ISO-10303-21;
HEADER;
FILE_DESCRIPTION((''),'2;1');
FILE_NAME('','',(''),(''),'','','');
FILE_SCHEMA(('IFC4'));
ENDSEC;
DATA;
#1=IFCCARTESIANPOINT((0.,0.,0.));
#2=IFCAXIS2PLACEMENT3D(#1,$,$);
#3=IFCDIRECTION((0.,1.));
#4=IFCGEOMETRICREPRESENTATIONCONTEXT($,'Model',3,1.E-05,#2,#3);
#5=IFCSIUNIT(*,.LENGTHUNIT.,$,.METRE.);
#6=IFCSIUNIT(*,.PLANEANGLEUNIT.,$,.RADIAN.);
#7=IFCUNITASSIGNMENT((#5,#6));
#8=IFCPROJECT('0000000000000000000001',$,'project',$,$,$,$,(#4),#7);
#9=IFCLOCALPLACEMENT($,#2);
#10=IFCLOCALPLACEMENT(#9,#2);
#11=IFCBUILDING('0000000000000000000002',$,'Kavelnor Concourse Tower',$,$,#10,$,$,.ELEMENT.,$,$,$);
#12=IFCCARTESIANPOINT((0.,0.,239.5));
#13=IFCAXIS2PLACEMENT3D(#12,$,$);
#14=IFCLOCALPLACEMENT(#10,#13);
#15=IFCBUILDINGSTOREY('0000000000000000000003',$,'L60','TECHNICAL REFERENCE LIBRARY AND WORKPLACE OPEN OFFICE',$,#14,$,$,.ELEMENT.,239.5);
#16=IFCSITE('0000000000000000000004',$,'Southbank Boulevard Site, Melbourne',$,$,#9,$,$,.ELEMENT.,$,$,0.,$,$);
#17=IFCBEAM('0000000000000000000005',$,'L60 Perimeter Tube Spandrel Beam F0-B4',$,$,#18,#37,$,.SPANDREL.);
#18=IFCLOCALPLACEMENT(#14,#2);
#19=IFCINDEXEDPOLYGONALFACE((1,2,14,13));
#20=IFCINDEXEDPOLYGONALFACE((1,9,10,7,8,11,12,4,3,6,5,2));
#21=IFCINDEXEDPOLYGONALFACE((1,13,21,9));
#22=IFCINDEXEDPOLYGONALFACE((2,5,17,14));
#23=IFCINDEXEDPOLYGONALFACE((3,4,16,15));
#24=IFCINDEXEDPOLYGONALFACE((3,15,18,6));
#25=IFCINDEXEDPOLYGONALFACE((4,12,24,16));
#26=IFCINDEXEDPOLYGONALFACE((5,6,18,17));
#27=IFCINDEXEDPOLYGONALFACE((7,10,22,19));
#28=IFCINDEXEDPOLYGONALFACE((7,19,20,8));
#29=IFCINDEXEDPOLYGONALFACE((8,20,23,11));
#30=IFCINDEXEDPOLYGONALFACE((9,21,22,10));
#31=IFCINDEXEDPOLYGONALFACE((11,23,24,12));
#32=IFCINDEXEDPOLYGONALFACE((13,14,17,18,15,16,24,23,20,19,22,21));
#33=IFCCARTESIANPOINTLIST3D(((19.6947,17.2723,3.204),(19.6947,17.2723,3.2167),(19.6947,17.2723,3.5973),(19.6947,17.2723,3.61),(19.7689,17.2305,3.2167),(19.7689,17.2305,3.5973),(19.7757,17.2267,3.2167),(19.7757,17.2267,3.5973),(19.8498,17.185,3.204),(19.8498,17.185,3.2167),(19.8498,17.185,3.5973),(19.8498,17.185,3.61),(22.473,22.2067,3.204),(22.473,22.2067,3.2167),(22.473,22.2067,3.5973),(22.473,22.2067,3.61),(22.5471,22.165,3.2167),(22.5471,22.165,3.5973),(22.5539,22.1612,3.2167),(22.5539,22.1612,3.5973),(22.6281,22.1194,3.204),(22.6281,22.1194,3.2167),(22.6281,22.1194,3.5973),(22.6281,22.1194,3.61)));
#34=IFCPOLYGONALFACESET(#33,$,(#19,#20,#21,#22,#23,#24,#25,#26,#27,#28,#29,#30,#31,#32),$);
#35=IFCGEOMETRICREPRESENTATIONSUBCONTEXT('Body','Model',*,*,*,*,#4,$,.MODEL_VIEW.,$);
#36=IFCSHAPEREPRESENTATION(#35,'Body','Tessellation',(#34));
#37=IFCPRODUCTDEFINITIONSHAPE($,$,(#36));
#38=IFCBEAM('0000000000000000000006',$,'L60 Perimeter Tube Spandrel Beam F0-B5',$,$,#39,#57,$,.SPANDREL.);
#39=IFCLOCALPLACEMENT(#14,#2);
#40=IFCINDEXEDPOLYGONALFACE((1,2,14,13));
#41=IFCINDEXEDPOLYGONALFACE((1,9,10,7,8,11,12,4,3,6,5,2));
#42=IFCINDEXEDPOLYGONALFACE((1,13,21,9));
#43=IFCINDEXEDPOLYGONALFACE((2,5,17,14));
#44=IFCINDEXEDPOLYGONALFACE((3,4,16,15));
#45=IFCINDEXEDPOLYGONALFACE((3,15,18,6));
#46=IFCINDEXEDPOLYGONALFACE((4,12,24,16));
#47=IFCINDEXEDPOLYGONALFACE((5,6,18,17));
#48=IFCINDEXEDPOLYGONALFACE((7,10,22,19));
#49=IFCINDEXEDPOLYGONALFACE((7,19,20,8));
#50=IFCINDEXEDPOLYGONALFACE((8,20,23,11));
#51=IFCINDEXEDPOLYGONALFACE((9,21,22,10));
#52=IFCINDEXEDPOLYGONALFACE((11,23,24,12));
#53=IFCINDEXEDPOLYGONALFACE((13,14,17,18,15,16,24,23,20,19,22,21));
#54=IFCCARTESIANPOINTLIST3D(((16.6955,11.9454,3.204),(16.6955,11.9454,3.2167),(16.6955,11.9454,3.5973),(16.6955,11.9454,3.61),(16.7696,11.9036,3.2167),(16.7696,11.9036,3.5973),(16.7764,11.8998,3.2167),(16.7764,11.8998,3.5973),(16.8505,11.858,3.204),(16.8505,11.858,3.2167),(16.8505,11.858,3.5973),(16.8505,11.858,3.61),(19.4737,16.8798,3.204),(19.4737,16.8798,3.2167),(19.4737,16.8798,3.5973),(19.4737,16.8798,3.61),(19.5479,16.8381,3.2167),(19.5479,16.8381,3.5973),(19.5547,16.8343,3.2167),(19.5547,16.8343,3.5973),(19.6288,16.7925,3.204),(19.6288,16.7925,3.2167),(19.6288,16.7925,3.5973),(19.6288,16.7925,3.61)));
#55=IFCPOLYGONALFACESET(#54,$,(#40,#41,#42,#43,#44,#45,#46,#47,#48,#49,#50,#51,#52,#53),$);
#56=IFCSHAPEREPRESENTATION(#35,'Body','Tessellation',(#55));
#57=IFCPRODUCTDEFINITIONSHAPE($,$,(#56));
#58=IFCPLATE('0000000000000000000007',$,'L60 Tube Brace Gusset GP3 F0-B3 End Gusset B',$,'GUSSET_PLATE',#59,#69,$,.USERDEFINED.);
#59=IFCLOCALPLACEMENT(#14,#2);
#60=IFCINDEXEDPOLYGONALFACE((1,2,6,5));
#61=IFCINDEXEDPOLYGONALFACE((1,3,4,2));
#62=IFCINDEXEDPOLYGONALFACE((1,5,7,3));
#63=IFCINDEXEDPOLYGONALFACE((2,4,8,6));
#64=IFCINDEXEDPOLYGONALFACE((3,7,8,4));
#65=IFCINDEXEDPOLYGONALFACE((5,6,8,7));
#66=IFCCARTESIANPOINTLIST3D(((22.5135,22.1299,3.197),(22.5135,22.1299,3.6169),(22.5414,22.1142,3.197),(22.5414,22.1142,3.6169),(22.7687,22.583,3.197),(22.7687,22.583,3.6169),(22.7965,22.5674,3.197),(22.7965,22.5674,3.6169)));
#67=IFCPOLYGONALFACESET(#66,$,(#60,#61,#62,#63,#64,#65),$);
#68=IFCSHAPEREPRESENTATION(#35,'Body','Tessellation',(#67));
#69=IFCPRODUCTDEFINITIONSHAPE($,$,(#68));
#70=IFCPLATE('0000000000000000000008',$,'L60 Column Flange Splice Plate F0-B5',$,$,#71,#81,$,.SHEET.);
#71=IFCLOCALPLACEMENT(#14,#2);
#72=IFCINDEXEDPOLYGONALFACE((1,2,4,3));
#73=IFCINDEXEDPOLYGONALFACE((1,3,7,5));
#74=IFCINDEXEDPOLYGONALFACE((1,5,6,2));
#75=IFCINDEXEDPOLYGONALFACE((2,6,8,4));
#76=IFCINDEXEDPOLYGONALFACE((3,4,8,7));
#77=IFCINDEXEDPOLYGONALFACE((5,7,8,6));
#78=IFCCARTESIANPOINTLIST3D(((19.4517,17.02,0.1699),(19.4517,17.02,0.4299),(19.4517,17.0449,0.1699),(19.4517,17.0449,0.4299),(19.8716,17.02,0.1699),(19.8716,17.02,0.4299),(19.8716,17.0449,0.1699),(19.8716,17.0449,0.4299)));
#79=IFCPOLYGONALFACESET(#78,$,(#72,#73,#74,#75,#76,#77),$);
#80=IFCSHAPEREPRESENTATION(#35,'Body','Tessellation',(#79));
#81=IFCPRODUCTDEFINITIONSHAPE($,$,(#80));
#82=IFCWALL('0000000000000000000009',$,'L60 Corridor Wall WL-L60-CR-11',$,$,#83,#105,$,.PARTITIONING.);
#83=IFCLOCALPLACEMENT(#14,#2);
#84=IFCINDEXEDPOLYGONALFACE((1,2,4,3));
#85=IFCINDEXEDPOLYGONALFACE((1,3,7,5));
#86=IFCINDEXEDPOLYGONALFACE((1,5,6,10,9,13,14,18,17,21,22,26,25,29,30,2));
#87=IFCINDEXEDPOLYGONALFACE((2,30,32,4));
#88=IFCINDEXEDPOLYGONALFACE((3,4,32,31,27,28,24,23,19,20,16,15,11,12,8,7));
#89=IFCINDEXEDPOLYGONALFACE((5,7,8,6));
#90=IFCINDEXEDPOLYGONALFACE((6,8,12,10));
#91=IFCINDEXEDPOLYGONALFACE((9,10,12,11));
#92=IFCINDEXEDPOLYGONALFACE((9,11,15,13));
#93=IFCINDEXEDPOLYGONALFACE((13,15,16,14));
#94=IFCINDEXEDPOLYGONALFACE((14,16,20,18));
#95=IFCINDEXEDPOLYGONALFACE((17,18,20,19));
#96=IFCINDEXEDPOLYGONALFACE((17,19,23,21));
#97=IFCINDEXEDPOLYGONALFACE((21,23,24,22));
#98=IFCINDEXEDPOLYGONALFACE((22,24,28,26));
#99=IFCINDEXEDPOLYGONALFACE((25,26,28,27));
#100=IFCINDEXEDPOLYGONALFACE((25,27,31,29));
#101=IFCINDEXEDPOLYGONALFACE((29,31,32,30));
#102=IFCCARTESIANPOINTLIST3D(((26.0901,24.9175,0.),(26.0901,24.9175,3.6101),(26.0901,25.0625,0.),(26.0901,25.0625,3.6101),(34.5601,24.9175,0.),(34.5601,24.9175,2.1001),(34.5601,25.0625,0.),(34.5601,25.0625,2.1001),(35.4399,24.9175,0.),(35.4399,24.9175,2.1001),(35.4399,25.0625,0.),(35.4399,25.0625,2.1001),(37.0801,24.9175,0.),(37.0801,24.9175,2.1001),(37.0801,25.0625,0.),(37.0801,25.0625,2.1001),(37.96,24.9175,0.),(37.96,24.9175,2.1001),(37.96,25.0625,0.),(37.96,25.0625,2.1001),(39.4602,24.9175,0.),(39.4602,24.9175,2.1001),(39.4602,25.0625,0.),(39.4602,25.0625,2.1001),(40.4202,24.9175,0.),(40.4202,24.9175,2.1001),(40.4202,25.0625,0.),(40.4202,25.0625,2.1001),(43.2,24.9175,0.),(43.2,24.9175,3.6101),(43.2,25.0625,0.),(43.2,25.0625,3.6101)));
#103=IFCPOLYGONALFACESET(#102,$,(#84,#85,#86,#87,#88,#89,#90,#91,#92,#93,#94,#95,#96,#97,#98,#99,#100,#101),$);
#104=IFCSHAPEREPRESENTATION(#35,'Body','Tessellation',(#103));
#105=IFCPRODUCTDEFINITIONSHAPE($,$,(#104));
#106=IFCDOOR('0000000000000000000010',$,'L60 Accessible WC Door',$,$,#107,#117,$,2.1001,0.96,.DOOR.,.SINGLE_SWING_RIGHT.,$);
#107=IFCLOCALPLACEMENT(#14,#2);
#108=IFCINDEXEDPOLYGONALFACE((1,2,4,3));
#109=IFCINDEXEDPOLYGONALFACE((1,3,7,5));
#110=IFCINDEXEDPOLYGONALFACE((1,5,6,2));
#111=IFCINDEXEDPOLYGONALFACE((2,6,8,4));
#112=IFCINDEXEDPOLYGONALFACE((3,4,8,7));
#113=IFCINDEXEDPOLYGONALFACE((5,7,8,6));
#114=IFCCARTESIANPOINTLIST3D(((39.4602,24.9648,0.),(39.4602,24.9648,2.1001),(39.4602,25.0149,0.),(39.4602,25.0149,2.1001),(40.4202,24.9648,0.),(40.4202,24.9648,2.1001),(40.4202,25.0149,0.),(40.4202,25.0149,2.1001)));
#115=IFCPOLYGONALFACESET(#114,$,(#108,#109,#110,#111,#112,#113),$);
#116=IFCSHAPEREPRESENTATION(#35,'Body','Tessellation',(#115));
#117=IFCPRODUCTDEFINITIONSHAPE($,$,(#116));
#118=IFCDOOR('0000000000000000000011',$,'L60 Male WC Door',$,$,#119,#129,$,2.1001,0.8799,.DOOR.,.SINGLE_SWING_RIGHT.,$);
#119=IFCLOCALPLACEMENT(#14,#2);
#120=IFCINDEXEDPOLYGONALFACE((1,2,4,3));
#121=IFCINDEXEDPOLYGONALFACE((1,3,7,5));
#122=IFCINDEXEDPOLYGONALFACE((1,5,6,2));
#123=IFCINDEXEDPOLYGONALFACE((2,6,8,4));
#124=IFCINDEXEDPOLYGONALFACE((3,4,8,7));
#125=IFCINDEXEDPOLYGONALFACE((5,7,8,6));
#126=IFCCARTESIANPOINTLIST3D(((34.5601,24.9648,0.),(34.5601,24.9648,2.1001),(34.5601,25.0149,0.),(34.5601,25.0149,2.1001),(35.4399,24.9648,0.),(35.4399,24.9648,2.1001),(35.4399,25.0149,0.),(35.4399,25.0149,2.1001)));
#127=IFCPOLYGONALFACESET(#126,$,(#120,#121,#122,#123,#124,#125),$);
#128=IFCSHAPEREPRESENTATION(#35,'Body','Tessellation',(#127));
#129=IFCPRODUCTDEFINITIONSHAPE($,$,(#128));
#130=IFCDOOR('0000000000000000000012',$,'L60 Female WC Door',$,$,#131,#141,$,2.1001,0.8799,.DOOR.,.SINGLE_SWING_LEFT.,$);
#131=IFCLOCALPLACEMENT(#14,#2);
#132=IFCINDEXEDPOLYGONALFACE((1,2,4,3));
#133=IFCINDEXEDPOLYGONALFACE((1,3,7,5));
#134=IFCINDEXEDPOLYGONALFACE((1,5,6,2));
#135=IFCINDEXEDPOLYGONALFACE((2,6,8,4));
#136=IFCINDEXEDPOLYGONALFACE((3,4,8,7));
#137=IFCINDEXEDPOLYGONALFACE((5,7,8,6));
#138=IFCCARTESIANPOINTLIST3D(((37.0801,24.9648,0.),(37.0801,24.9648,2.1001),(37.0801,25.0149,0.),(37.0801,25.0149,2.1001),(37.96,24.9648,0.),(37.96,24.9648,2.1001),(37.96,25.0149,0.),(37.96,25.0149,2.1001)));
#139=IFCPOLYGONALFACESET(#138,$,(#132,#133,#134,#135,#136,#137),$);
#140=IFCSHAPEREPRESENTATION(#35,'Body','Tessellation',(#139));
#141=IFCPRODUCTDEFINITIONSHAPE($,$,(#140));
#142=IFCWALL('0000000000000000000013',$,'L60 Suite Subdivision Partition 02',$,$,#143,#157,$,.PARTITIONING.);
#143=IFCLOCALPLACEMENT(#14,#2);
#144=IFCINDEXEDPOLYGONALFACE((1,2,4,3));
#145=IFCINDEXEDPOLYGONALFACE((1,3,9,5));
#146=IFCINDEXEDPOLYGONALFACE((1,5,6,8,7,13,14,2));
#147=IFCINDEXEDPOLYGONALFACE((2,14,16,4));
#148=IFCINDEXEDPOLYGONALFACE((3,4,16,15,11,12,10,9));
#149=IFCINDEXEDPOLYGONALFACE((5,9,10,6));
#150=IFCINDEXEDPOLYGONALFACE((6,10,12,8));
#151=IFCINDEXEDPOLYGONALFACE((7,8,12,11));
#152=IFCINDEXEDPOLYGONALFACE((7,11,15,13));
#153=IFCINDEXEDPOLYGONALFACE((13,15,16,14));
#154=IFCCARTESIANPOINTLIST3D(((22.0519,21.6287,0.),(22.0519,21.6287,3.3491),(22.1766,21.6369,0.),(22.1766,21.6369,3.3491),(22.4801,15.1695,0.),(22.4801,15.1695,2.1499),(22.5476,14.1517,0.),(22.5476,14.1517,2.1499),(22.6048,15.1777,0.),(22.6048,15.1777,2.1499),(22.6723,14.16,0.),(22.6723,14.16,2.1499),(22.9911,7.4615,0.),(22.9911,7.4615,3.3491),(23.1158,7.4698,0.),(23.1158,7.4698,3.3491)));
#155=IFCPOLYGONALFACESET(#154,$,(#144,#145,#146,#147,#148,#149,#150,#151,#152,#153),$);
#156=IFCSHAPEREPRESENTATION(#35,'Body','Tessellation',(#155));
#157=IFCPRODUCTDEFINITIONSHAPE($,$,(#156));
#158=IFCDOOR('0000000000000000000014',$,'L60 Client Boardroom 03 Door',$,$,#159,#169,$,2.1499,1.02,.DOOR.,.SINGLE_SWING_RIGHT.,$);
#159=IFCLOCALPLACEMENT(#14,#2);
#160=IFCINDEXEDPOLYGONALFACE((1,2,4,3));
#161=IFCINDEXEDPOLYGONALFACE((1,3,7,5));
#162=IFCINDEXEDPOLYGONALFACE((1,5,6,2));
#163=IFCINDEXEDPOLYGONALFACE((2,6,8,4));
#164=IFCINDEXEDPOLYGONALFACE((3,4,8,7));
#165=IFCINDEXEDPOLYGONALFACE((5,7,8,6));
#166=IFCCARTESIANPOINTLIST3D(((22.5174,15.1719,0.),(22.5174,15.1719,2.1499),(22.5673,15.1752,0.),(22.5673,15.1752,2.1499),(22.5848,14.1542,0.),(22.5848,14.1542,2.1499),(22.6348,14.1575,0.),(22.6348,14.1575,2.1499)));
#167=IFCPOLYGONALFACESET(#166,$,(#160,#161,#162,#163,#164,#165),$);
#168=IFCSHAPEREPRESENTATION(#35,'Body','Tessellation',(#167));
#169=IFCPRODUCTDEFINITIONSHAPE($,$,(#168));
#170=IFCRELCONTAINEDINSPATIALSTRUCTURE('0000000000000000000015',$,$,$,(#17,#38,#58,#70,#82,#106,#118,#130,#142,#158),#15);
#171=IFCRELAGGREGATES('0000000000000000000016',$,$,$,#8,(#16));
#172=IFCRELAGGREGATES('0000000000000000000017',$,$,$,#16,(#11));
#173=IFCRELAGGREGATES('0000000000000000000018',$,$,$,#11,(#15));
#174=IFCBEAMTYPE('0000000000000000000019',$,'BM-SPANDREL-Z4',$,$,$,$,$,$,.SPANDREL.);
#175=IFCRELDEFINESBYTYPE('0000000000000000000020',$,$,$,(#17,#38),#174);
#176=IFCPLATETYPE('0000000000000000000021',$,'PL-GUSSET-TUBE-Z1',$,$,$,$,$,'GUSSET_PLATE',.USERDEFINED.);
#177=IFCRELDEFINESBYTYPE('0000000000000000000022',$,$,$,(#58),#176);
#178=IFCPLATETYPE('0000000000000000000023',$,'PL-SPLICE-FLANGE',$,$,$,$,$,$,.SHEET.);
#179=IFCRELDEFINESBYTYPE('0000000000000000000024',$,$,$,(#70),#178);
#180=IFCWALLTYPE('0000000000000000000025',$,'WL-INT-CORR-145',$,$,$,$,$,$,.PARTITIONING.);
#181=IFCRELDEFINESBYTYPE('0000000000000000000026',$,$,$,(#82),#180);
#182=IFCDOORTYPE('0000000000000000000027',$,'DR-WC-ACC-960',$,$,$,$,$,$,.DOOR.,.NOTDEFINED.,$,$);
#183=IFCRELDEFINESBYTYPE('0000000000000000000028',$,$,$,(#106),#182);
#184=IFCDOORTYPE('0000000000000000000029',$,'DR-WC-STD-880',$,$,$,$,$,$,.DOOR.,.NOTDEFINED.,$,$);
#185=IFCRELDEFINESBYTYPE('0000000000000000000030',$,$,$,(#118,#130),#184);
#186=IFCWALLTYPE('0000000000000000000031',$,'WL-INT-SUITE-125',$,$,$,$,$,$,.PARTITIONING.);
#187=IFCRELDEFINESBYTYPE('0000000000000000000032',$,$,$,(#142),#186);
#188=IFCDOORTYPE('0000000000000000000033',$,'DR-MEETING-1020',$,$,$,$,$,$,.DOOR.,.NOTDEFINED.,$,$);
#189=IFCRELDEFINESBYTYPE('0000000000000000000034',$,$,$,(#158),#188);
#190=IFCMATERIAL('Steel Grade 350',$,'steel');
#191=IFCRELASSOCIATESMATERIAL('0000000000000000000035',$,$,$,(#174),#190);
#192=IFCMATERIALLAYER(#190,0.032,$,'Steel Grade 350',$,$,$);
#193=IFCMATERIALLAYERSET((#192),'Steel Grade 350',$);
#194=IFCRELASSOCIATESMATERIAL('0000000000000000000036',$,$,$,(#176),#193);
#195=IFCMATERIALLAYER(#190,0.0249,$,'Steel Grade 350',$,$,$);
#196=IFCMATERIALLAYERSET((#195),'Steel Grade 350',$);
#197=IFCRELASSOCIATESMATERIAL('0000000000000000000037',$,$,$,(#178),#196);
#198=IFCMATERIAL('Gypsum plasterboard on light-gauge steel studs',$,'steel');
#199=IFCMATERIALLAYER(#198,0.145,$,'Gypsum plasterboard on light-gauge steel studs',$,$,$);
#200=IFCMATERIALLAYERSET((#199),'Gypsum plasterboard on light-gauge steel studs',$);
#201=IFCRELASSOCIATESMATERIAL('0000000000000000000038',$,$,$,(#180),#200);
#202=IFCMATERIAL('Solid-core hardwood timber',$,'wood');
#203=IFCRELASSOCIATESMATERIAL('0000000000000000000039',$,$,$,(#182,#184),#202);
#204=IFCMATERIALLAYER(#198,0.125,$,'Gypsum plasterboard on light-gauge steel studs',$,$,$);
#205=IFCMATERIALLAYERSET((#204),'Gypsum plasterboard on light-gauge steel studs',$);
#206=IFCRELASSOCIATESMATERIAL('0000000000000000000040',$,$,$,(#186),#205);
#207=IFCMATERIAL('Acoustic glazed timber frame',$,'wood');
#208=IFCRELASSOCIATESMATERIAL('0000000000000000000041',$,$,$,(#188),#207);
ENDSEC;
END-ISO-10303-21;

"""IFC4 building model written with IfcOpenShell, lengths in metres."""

from ifc_helpers import new_model, si_unit, direction, frame, frame_2d, origin, origin_2d, place, context, subcontext, project, spatial, rectangle, i_section, extrude, material, layer, layer_set, material_profile, profile_set, type_object, element, fill, save


model = new_model("IFC4")

# Units and contexts
model_context = context("Model", 3, precision=1e-05, world=origin(), true_north=direction((0.0, 1.0)))
body_context = subcontext(model_context, "Body", "Model", "MODEL_VIEW")
ifc_project = project(units=[si_unit("LENGTHUNIT", "METRE"), si_unit("PLANEANGLEUNIT", "RADIAN")], contexts=[model_context])

# Site, building, storey
site_placement = place(None, origin())
site = spatial("IfcSite", under=ifc_project, at=site_placement, Name="Southbank Boulevard Site, Melbourne", CompositionType="ELEMENT", RefElevation=0.0)
building_placement = place(site_placement, origin())
building = spatial("IfcBuilding", under=site, at=building_placement, Name="Kavelnor Concourse Tower", CompositionType="ELEMENT")
storey_placement = place(building_placement, frame((0.0, 0.0, 239.5)))
storey = spatial("IfcBuildingStorey", under=building, at=storey_placement, Name="L60", Description="TECHNICAL REFERENCE LIBRARY AND WORKPLACE OPEN OFFICE", CompositionType="ELEMENT", Elevation=239.5)

# Shared definitions
ifc_material_1 = material(Name="Steel Grade 350", Category="steel")

# Beams
ifc_material_profile_1 = material_profile(ifc_material_1, i_section(OverallWidth=0.178, OverallDepth=0.406, WebThickness=0.0078, FlangeThickness=0.0127, at=origin_2d()), Name="410UB59")
ifc_profile_set_1 = profile_set([ifc_material_profile_1], Name="Steel Grade 350")
beam_type_1 = type_object("IfcBeamType", Name="BM-SPANDREL-Z4", PredefinedType="SPANDREL", material=ifc_profile_set_1)
for number, where, z_axis, x_axis, name in (
    (1, (22.5505, 22.1631, 3.407), (-0.490613, -0.871377, 0.0), (0.871377, -0.490613, 0.0), "L60 Perimeter Tube Spandrel Beam F0-B4"),
    (2, (19.5513, 16.8362, 3.407), (-0.490613, -0.871377, 0.0), (0.871377, -0.490613, 0.0), "L60 Perimeter Tube Spandrel Beam F0-B5"),
):
    element("IfcBeam", number, at=place(storey_placement, frame(where, z_axis=z_axis, x_axis=x_axis)), inside=storey, type_object=beam_type_1, Name=name, PredefinedType="SPANDREL", context=body_context, shape_type="SweptSolid", body=[
        extrude(i_section(OverallWidth=0.178, OverallDepth=0.406, WebThickness=0.0078, FlangeThickness=0.0127, at=origin_2d()), origin(), (0.0, 0.0, 1.0), 5.6628),
    ])

# Plates
ifc_layer_1 = layer(ifc_material_1, 0.032, Name="Steel Grade 350")
ifc_layer_set_1 = layer_set([ifc_layer_1], Name="Steel Grade 350")
plate_type_1 = type_object("IfcPlateType", Name="PL-GUSSET-TUBE-Z1", ElementType="GUSSET_PLATE", PredefinedType="USERDEFINED", material=ifc_layer_set_1)
plate_1_placement = place(storey_placement, frame((22.655, 22.3486, 3.197), z_axis=(0.0, 0.0, 1.0), x_axis=(-0.4906, -0.871385, 0.0)))
element("IfcPlate", 3, at=plate_1_placement, inside=storey, type_object=plate_type_1, Name="L60 Tube Brace Gusset GP3 F0-B3 End Gusset B", ObjectType="GUSSET_PLATE", PredefinedType="USERDEFINED", context=body_context, shape_type="SweptSolid", body=[
    extrude(rectangle(XDim=0.52, YDim=0.032, at=origin_2d()), origin(), (0.0, 0.0, 1.0), 0.4199),
])
ifc_layer_2 = layer(ifc_material_1, 0.0249, Name="Steel Grade 350")
ifc_layer_set_2 = layer_set([ifc_layer_2], Name="Steel Grade 350")
plate_type_2 = type_object("IfcPlateType", Name="PL-SPLICE-FLANGE", PredefinedType="SHEET", material=ifc_layer_set_2)
plate_2_placement = place(storey_placement, frame((19.6616, 17.0325, 0.1699), z_axis=(0.0, 0.0, 1.0), x_axis=(1.0, 0.0, 0.0)))
element("IfcPlate", 4, at=plate_2_placement, inside=storey, type_object=plate_type_2, Name="L60 Column Flange Splice Plate F0-B5", PredefinedType="SHEET", context=body_context, shape_type="SweptSolid", body=[
    extrude(rectangle(XDim=0.4199, YDim=0.0249, at=origin_2d()), origin(), (0.0, 0.0, 1.0), 0.26),
])

# Wall, openings, doors
ifc_material_2 = material(Name="Gypsum plasterboard on light-gauge steel studs", Category="steel")
ifc_layer_3 = layer(ifc_material_2, 0.145, Name="Gypsum plasterboard on light-gauge steel studs")
ifc_layer_set_3 = layer_set([ifc_layer_3], Name="Gypsum plasterboard on light-gauge steel studs")
wall_type_1 = type_object("IfcWallType", Name="WL-INT-CORR-145", PredefinedType="PARTITIONING", material=ifc_layer_set_3)
wall_1_placement = place(storey_placement, frame((26.0901, 24.99, 0.0), z_axis=(0.0, 0.0, 1.0), x_axis=(1.0, 0.0, 0.0)))
wall_1 = element("IfcWall", 5, at=wall_1_placement, inside=storey, type_object=wall_type_1, Name="L60 Corridor Wall WL-L60-CR-11", PredefinedType="PARTITIONING", context=body_context, shape_type="SweptSolid", body=[
    extrude(rectangle(XDim=17.1099, YDim=0.145, at=frame_2d((8.5549, 0.0))), origin(), (0.0, 0.0, 1.0), 3.6101),
])
opening_1_placement = place(wall_1_placement, frame((8.47, 0.0, 0.0)))
opening_1 = element("IfcOpeningElement", 6, at=opening_1_placement, cuts=wall_1, PredefinedType="OPENING", context=body_context, shape_type="SweptSolid", body=[
    extrude(rectangle(XDim=0.8799, YDim=2.1001, at=frame_2d((0.4399, 1.05))), frame((0.0, 0.0825, 0.0), z_axis=(0.0, -1.0, 0.0), x_axis=(1.0, 0.0, 0.0)), (0.0, 0.0, 1.0), 0.165),
])
opening_2_placement = place(wall_1_placement, frame((10.99, 0.0, 0.0)))
opening_2 = element("IfcOpeningElement", 7, at=opening_2_placement, cuts=wall_1, PredefinedType="OPENING", context=body_context, shape_type="SweptSolid", body=[
    extrude(rectangle(XDim=0.8799, YDim=2.1001, at=frame_2d((0.4399, 1.05))), frame((0.0, 0.0825, 0.0), z_axis=(0.0, -1.0, 0.0), x_axis=(1.0, 0.0, 0.0)), (0.0, 0.0, 1.0), 0.165),
])
opening_3_placement = place(wall_1_placement, frame((13.3701, 0.0, 0.0)))
opening_3 = element("IfcOpeningElement", 8, at=opening_3_placement, cuts=wall_1, PredefinedType="OPENING", context=body_context, shape_type="SweptSolid", body=[
    extrude(rectangle(XDim=0.96, YDim=2.1001, at=frame_2d((0.48, 1.05))), frame((0.0, 0.0825, 0.0), z_axis=(0.0, -1.0, 0.0), x_axis=(1.0, 0.0, 0.0)), (0.0, 0.0, 1.0), 0.165),
])
ifc_material_3 = material(Name="Solid-core hardwood timber", Category="wood")
door_type_1 = type_object("IfcDoorType", Name="DR-WC-ACC-960", OperationType="NOTDEFINED", PredefinedType="DOOR", material=ifc_material_3)
door_1_placement = place(opening_3_placement, origin())
door_1 = element("IfcDoor", 9, at=door_1_placement, inside=storey, type_object=door_type_1, Name="L60 Accessible WC Door", OperationType="SINGLE_SWING_RIGHT", OverallHeight=2.1001, OverallWidth=0.96, PredefinedType="DOOR", context=body_context, shape_type="SweptSolid", body=[
    extrude(rectangle(XDim=0.96, YDim=2.1001, at=frame_2d((0.48, 1.05))), frame((0.0, 0.0249, 0.0), z_axis=(0.0, -1.0, 0.0), x_axis=(1.0, 0.0, 0.0)), (0.0, 0.0, 1.0), 0.05),
])
fill(opening_3, door_1)
door_type_2 = type_object("IfcDoorType", Name="DR-WC-STD-880", OperationType="NOTDEFINED", PredefinedType="DOOR", material=ifc_material_3)
door_2_placement = place(opening_1_placement, origin())
door_2 = element("IfcDoor", 10, at=door_2_placement, inside=storey, type_object=door_type_2, Name="L60 Male WC Door", OperationType="SINGLE_SWING_RIGHT", OverallHeight=2.1001, OverallWidth=0.8799, PredefinedType="DOOR", context=body_context, shape_type="SweptSolid", body=[
    extrude(rectangle(XDim=0.8799, YDim=2.1001, at=frame_2d((0.4399, 1.05))), frame((0.0, 0.0249, 0.0), z_axis=(0.0, -1.0, 0.0), x_axis=(1.0, 0.0, 0.0)), (0.0, 0.0, 1.0), 0.05),
])
fill(opening_1, door_2)
door_3_placement = place(opening_2_placement, origin())
door_3 = element("IfcDoor", 11, at=door_3_placement, inside=storey, type_object=door_type_2, Name="L60 Female WC Door", OperationType="SINGLE_SWING_LEFT", OverallHeight=2.1001, OverallWidth=0.8799, PredefinedType="DOOR", context=body_context, shape_type="SweptSolid", body=[
    extrude(rectangle(XDim=0.8799, YDim=2.1001, at=frame_2d((0.4399, 1.05))), frame((0.0, 0.0249, 0.0), z_axis=(0.0, -1.0, 0.0), x_axis=(1.0, 0.0, 0.0)), (0.0, 0.0, 1.0), 0.05),
])
fill(opening_2, door_3)

# Wall, opening, door
ifc_layer_4 = layer(ifc_material_2, 0.125, Name="Gypsum plasterboard on light-gauge steel studs")
ifc_layer_set_4 = layer_set([ifc_layer_4], Name="Gypsum plasterboard on light-gauge steel studs")
wall_type_2 = type_object("IfcWallType", Name="WL-INT-SUITE-125", PredefinedType="PARTITIONING", material=ifc_layer_set_4)
wall_2_placement = place(storey_placement, frame((22.1143, 21.6328, 0.0), z_axis=(0.0, 0.0, 1.0), x_axis=(0.066149, -0.99781, 0.0)))
wall_2 = element("IfcWall", 12, at=wall_2_placement, inside=storey, type_object=wall_type_2, Name="L60 Suite Subdivision Partition 02", PredefinedType="PARTITIONING", context=body_context, shape_type="SweptSolid", body=[
    extrude(rectangle(XDim=14.1982, YDim=0.125, at=frame_2d((7.0991, 0.0))), origin(), (0.0, 0.0, 1.0), 3.3491),
])
opening_4_placement = place(wall_2_placement, frame((6.4734, 0.0, 0.0)))
opening_4 = element("IfcOpeningElement", 13, at=opening_4_placement, cuts=wall_2, PredefinedType="OPENING", context=body_context, shape_type="SweptSolid", body=[
    extrude(rectangle(XDim=1.02, YDim=2.1499, at=frame_2d((0.51, 1.075))), frame((0.0, 0.0725, 0.0), z_axis=(0.0, -1.0, 0.0), x_axis=(1.0, 0.0, 0.0)), (0.0, 0.0, 1.0), 0.145),
])
ifc_material_4 = material(Name="Acoustic glazed timber frame", Category="wood")
door_type_3 = type_object("IfcDoorType", Name="DR-MEETING-1020", OperationType="NOTDEFINED", PredefinedType="DOOR", material=ifc_material_4)
door_4_placement = place(opening_4_placement, origin())
door_4 = element("IfcDoor", 14, at=door_4_placement, inside=storey, type_object=door_type_3, Name="L60 Client Boardroom 03 Door", OperationType="SINGLE_SWING_RIGHT", OverallHeight=2.1499, OverallWidth=1.02, PredefinedType="DOOR", context=body_context, shape_type="SweptSolid", body=[
    extrude(rectangle(XDim=1.02, YDim=2.1499, at=frame_2d((0.51, 1.075))), frame((0.0, 0.0249, 0.0), z_axis=(0.0, -1.0, 0.0), x_axis=(1.0, 0.0, 0.0)), (0.0, 0.0, 1.0), 0.05),
])
fill(opening_4, door_4)

save(model, "model.ifc")
